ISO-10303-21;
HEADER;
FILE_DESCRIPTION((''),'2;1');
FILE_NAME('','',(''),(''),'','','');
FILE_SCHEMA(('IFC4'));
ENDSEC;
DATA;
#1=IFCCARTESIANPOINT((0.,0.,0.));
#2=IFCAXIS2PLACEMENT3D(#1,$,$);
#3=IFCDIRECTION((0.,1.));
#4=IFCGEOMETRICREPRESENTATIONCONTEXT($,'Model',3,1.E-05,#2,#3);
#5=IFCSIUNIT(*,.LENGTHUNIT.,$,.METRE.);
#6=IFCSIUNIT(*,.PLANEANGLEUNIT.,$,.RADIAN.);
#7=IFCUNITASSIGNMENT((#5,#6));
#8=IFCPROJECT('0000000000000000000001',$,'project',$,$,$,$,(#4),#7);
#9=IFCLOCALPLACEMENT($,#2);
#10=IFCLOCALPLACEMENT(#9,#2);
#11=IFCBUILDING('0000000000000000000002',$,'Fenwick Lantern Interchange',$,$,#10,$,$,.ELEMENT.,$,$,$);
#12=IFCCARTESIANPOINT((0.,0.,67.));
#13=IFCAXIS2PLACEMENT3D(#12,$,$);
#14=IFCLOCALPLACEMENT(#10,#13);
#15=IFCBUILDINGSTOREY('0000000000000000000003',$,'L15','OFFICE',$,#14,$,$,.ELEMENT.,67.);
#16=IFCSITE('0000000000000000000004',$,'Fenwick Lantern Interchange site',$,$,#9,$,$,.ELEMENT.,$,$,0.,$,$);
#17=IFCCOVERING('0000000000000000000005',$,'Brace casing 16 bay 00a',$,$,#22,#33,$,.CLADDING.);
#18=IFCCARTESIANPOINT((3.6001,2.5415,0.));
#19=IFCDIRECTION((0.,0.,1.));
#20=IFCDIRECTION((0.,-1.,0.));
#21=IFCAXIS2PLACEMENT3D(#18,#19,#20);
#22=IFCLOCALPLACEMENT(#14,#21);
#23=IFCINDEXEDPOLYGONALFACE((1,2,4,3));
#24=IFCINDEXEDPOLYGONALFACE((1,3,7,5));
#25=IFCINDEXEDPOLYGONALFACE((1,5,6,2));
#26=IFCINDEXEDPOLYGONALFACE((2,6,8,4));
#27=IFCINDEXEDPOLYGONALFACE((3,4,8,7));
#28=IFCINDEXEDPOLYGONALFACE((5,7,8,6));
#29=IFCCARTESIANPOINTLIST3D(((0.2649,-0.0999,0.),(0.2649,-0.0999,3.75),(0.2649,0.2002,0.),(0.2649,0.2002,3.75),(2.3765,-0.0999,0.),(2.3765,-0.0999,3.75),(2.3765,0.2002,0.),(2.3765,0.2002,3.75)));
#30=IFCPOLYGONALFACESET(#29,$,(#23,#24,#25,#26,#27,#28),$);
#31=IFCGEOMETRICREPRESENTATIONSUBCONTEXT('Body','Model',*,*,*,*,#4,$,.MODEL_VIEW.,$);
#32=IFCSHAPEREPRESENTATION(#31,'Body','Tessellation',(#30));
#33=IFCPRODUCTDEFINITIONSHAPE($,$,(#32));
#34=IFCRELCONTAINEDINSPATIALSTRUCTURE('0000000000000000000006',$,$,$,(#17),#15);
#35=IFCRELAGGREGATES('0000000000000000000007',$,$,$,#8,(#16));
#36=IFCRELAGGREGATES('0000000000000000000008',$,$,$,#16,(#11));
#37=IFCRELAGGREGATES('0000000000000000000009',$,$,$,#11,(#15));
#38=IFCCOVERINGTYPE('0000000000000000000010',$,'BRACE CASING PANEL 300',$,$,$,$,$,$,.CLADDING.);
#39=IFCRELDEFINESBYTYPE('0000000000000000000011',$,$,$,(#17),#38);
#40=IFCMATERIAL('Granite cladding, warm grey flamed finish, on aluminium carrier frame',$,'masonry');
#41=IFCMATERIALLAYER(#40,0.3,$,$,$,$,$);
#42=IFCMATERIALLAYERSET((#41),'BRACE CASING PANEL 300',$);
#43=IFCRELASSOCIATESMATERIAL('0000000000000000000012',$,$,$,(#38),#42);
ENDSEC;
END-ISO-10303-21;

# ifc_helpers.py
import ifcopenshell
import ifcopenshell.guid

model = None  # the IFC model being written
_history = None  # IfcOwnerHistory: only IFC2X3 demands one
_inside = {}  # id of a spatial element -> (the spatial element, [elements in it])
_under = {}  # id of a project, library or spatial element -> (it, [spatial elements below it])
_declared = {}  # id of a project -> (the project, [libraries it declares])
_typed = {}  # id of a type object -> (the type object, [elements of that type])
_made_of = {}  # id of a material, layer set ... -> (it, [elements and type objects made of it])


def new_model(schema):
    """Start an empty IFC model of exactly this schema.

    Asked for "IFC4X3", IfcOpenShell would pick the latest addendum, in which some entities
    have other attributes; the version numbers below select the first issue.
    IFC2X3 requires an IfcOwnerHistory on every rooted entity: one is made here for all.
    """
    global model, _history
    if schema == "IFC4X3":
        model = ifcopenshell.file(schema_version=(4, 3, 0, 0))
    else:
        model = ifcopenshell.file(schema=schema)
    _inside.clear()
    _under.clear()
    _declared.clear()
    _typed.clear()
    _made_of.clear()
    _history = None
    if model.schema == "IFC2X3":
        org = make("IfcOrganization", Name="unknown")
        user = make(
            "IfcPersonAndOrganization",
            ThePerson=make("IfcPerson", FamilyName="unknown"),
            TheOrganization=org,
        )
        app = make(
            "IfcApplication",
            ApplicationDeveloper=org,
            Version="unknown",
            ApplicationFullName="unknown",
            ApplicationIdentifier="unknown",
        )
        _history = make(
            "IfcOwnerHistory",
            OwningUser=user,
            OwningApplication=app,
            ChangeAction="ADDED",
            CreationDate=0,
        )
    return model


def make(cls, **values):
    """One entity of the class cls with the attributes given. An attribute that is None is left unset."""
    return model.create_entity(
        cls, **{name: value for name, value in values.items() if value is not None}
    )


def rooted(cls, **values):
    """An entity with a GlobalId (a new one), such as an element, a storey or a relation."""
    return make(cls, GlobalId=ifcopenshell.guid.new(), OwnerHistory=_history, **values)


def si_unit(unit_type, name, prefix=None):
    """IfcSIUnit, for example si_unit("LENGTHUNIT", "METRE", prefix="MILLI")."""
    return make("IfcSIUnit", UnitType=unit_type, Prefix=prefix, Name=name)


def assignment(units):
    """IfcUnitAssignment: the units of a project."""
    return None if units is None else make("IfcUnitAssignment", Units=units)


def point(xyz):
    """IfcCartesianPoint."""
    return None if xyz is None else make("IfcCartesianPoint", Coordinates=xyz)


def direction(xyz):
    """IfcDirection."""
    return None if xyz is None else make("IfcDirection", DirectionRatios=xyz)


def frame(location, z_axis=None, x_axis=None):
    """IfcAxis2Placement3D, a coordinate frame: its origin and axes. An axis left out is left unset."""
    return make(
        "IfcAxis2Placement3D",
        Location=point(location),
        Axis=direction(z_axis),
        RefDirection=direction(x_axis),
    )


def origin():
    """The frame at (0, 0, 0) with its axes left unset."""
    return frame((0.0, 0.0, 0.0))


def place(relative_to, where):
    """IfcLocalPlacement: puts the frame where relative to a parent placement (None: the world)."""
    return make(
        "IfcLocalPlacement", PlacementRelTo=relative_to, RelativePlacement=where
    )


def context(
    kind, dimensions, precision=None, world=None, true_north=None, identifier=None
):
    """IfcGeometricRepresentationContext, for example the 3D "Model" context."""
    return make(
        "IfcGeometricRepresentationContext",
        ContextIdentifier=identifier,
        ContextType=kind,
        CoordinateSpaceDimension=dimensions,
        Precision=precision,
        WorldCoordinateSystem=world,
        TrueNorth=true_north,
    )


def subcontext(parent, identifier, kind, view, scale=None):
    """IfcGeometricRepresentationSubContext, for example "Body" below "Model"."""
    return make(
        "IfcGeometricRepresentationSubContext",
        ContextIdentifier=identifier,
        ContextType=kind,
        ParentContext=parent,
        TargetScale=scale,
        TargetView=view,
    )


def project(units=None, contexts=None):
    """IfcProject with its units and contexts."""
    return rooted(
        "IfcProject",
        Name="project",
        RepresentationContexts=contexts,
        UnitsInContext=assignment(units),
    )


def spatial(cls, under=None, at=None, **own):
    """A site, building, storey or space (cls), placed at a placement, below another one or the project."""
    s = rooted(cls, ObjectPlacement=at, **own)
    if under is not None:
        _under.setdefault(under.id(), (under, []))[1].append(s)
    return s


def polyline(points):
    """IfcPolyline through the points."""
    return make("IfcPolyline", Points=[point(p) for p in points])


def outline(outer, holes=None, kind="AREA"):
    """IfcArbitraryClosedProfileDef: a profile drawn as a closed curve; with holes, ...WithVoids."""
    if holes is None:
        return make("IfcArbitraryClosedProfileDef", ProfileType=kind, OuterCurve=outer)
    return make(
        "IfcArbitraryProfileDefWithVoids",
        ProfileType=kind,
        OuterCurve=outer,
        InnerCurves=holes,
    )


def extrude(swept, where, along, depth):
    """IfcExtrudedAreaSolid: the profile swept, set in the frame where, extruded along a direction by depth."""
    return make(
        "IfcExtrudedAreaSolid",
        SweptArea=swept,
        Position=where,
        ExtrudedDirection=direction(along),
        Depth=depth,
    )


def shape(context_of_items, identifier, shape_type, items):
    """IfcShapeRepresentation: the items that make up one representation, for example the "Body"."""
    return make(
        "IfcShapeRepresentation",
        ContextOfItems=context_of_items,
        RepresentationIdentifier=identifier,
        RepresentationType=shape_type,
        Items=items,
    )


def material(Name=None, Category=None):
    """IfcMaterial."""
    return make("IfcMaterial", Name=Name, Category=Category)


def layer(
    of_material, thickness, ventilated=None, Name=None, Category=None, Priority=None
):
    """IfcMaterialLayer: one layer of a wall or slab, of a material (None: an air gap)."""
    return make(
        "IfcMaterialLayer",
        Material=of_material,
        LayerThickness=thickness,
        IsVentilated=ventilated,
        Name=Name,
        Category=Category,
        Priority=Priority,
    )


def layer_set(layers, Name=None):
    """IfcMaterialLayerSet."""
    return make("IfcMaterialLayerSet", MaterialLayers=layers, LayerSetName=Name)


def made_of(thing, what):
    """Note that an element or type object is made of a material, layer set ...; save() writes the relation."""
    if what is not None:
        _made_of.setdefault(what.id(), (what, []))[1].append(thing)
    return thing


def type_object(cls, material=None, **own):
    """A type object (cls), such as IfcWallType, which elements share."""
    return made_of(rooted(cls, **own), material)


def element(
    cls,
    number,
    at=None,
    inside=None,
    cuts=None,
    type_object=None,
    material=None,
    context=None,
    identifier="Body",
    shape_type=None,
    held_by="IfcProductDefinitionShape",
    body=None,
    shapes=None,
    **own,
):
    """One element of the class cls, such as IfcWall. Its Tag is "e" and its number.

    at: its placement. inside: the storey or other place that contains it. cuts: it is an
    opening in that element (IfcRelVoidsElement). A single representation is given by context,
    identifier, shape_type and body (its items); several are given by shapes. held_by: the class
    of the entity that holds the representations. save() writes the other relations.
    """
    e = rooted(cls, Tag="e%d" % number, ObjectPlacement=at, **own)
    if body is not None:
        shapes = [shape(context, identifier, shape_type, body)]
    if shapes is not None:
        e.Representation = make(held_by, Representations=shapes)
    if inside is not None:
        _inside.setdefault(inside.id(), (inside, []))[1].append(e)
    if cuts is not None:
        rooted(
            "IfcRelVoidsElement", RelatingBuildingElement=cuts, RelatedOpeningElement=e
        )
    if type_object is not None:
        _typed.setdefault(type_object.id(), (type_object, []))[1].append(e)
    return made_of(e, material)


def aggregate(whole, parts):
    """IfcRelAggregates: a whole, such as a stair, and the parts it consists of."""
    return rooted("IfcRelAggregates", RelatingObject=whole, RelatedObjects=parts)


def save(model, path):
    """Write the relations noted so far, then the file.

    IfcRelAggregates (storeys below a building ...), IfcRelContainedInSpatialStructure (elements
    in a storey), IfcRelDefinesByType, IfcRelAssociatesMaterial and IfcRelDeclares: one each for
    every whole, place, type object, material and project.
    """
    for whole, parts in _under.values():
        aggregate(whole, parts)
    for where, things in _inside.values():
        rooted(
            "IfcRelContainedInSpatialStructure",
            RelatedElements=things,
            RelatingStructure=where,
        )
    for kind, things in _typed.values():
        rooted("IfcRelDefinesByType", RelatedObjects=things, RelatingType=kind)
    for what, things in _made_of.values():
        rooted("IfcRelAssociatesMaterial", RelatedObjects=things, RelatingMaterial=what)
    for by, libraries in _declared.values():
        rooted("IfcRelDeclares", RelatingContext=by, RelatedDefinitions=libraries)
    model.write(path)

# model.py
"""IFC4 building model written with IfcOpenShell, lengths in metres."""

from ifc_helpers import new_model, si_unit, direction, frame, origin, place, context, subcontext, project, spatial, polyline, outline, extrude, material, layer, layer_set, type_object, element, save


model = new_model("IFC4")

# Units and contexts
model_context = context("Model", 3, precision=1e-05, world=origin(), true_north=direction((0.0, 1.0)))
body_context = subcontext(model_context, "Body", "Model", "MODEL_VIEW")
ifc_project = project(units=[si_unit("LENGTHUNIT", "METRE"), si_unit("PLANEANGLEUNIT", "RADIAN")], contexts=[model_context])

# Site, building, storey
site_placement = place(None, origin())
site = spatial("IfcSite", under=ifc_project, at=site_placement, Name="Fenwick Lantern Interchange site", CompositionType="ELEMENT", RefElevation=0.0)
building_placement = place(site_placement, origin())
building = spatial("IfcBuilding", under=site, at=building_placement, Name="Fenwick Lantern Interchange", CompositionType="ELEMENT")
storey_placement = place(building_placement, frame((0.0, 0.0, 67.0)))
storey = spatial("IfcBuildingStorey", under=building, at=storey_placement, Name="L15", Description="OFFICE", CompositionType="ELEMENT", Elevation=67.0)

# Covering
ifc_material_1 = material(Name="Granite cladding, warm grey flamed finish, on aluminium carrier frame", Category="masonry")
ifc_layer_1 = layer(ifc_material_1, 0.3)
ifc_layer_set_1 = layer_set([ifc_layer_1], Name="BRACE CASING PANEL 300")
covering_type = type_object("IfcCoveringType", Name="BRACE CASING PANEL 300", PredefinedType="CLADDING", material=ifc_layer_set_1)
covering_placement = place(storey_placement, frame((3.6001, 2.5415, 0.0), z_axis=(0.0, 0.0, 1.0), x_axis=(0.0, -1.0, 0.0)))
element("IfcCovering", 1, at=covering_placement, inside=storey, type_object=covering_type, Name="Brace casing 16 bay 00a", PredefinedType="CLADDING", context=body_context, shape_type="SweptSolid", body=[
    extrude(outline(polyline([(0.2649, 0.0), (2.3765, 0.0), (2.3765, 3.75), (0.2649, 3.75), (0.2649, 0.0)])), frame((0.0, 0.2002, 0.0), z_axis=(0.0, -1.0, 0.0), x_axis=(1.0, 0.0, 0.0)), (0.0, 0.0, 1.0), 0.3),
])

save(model, "model.ifc")
